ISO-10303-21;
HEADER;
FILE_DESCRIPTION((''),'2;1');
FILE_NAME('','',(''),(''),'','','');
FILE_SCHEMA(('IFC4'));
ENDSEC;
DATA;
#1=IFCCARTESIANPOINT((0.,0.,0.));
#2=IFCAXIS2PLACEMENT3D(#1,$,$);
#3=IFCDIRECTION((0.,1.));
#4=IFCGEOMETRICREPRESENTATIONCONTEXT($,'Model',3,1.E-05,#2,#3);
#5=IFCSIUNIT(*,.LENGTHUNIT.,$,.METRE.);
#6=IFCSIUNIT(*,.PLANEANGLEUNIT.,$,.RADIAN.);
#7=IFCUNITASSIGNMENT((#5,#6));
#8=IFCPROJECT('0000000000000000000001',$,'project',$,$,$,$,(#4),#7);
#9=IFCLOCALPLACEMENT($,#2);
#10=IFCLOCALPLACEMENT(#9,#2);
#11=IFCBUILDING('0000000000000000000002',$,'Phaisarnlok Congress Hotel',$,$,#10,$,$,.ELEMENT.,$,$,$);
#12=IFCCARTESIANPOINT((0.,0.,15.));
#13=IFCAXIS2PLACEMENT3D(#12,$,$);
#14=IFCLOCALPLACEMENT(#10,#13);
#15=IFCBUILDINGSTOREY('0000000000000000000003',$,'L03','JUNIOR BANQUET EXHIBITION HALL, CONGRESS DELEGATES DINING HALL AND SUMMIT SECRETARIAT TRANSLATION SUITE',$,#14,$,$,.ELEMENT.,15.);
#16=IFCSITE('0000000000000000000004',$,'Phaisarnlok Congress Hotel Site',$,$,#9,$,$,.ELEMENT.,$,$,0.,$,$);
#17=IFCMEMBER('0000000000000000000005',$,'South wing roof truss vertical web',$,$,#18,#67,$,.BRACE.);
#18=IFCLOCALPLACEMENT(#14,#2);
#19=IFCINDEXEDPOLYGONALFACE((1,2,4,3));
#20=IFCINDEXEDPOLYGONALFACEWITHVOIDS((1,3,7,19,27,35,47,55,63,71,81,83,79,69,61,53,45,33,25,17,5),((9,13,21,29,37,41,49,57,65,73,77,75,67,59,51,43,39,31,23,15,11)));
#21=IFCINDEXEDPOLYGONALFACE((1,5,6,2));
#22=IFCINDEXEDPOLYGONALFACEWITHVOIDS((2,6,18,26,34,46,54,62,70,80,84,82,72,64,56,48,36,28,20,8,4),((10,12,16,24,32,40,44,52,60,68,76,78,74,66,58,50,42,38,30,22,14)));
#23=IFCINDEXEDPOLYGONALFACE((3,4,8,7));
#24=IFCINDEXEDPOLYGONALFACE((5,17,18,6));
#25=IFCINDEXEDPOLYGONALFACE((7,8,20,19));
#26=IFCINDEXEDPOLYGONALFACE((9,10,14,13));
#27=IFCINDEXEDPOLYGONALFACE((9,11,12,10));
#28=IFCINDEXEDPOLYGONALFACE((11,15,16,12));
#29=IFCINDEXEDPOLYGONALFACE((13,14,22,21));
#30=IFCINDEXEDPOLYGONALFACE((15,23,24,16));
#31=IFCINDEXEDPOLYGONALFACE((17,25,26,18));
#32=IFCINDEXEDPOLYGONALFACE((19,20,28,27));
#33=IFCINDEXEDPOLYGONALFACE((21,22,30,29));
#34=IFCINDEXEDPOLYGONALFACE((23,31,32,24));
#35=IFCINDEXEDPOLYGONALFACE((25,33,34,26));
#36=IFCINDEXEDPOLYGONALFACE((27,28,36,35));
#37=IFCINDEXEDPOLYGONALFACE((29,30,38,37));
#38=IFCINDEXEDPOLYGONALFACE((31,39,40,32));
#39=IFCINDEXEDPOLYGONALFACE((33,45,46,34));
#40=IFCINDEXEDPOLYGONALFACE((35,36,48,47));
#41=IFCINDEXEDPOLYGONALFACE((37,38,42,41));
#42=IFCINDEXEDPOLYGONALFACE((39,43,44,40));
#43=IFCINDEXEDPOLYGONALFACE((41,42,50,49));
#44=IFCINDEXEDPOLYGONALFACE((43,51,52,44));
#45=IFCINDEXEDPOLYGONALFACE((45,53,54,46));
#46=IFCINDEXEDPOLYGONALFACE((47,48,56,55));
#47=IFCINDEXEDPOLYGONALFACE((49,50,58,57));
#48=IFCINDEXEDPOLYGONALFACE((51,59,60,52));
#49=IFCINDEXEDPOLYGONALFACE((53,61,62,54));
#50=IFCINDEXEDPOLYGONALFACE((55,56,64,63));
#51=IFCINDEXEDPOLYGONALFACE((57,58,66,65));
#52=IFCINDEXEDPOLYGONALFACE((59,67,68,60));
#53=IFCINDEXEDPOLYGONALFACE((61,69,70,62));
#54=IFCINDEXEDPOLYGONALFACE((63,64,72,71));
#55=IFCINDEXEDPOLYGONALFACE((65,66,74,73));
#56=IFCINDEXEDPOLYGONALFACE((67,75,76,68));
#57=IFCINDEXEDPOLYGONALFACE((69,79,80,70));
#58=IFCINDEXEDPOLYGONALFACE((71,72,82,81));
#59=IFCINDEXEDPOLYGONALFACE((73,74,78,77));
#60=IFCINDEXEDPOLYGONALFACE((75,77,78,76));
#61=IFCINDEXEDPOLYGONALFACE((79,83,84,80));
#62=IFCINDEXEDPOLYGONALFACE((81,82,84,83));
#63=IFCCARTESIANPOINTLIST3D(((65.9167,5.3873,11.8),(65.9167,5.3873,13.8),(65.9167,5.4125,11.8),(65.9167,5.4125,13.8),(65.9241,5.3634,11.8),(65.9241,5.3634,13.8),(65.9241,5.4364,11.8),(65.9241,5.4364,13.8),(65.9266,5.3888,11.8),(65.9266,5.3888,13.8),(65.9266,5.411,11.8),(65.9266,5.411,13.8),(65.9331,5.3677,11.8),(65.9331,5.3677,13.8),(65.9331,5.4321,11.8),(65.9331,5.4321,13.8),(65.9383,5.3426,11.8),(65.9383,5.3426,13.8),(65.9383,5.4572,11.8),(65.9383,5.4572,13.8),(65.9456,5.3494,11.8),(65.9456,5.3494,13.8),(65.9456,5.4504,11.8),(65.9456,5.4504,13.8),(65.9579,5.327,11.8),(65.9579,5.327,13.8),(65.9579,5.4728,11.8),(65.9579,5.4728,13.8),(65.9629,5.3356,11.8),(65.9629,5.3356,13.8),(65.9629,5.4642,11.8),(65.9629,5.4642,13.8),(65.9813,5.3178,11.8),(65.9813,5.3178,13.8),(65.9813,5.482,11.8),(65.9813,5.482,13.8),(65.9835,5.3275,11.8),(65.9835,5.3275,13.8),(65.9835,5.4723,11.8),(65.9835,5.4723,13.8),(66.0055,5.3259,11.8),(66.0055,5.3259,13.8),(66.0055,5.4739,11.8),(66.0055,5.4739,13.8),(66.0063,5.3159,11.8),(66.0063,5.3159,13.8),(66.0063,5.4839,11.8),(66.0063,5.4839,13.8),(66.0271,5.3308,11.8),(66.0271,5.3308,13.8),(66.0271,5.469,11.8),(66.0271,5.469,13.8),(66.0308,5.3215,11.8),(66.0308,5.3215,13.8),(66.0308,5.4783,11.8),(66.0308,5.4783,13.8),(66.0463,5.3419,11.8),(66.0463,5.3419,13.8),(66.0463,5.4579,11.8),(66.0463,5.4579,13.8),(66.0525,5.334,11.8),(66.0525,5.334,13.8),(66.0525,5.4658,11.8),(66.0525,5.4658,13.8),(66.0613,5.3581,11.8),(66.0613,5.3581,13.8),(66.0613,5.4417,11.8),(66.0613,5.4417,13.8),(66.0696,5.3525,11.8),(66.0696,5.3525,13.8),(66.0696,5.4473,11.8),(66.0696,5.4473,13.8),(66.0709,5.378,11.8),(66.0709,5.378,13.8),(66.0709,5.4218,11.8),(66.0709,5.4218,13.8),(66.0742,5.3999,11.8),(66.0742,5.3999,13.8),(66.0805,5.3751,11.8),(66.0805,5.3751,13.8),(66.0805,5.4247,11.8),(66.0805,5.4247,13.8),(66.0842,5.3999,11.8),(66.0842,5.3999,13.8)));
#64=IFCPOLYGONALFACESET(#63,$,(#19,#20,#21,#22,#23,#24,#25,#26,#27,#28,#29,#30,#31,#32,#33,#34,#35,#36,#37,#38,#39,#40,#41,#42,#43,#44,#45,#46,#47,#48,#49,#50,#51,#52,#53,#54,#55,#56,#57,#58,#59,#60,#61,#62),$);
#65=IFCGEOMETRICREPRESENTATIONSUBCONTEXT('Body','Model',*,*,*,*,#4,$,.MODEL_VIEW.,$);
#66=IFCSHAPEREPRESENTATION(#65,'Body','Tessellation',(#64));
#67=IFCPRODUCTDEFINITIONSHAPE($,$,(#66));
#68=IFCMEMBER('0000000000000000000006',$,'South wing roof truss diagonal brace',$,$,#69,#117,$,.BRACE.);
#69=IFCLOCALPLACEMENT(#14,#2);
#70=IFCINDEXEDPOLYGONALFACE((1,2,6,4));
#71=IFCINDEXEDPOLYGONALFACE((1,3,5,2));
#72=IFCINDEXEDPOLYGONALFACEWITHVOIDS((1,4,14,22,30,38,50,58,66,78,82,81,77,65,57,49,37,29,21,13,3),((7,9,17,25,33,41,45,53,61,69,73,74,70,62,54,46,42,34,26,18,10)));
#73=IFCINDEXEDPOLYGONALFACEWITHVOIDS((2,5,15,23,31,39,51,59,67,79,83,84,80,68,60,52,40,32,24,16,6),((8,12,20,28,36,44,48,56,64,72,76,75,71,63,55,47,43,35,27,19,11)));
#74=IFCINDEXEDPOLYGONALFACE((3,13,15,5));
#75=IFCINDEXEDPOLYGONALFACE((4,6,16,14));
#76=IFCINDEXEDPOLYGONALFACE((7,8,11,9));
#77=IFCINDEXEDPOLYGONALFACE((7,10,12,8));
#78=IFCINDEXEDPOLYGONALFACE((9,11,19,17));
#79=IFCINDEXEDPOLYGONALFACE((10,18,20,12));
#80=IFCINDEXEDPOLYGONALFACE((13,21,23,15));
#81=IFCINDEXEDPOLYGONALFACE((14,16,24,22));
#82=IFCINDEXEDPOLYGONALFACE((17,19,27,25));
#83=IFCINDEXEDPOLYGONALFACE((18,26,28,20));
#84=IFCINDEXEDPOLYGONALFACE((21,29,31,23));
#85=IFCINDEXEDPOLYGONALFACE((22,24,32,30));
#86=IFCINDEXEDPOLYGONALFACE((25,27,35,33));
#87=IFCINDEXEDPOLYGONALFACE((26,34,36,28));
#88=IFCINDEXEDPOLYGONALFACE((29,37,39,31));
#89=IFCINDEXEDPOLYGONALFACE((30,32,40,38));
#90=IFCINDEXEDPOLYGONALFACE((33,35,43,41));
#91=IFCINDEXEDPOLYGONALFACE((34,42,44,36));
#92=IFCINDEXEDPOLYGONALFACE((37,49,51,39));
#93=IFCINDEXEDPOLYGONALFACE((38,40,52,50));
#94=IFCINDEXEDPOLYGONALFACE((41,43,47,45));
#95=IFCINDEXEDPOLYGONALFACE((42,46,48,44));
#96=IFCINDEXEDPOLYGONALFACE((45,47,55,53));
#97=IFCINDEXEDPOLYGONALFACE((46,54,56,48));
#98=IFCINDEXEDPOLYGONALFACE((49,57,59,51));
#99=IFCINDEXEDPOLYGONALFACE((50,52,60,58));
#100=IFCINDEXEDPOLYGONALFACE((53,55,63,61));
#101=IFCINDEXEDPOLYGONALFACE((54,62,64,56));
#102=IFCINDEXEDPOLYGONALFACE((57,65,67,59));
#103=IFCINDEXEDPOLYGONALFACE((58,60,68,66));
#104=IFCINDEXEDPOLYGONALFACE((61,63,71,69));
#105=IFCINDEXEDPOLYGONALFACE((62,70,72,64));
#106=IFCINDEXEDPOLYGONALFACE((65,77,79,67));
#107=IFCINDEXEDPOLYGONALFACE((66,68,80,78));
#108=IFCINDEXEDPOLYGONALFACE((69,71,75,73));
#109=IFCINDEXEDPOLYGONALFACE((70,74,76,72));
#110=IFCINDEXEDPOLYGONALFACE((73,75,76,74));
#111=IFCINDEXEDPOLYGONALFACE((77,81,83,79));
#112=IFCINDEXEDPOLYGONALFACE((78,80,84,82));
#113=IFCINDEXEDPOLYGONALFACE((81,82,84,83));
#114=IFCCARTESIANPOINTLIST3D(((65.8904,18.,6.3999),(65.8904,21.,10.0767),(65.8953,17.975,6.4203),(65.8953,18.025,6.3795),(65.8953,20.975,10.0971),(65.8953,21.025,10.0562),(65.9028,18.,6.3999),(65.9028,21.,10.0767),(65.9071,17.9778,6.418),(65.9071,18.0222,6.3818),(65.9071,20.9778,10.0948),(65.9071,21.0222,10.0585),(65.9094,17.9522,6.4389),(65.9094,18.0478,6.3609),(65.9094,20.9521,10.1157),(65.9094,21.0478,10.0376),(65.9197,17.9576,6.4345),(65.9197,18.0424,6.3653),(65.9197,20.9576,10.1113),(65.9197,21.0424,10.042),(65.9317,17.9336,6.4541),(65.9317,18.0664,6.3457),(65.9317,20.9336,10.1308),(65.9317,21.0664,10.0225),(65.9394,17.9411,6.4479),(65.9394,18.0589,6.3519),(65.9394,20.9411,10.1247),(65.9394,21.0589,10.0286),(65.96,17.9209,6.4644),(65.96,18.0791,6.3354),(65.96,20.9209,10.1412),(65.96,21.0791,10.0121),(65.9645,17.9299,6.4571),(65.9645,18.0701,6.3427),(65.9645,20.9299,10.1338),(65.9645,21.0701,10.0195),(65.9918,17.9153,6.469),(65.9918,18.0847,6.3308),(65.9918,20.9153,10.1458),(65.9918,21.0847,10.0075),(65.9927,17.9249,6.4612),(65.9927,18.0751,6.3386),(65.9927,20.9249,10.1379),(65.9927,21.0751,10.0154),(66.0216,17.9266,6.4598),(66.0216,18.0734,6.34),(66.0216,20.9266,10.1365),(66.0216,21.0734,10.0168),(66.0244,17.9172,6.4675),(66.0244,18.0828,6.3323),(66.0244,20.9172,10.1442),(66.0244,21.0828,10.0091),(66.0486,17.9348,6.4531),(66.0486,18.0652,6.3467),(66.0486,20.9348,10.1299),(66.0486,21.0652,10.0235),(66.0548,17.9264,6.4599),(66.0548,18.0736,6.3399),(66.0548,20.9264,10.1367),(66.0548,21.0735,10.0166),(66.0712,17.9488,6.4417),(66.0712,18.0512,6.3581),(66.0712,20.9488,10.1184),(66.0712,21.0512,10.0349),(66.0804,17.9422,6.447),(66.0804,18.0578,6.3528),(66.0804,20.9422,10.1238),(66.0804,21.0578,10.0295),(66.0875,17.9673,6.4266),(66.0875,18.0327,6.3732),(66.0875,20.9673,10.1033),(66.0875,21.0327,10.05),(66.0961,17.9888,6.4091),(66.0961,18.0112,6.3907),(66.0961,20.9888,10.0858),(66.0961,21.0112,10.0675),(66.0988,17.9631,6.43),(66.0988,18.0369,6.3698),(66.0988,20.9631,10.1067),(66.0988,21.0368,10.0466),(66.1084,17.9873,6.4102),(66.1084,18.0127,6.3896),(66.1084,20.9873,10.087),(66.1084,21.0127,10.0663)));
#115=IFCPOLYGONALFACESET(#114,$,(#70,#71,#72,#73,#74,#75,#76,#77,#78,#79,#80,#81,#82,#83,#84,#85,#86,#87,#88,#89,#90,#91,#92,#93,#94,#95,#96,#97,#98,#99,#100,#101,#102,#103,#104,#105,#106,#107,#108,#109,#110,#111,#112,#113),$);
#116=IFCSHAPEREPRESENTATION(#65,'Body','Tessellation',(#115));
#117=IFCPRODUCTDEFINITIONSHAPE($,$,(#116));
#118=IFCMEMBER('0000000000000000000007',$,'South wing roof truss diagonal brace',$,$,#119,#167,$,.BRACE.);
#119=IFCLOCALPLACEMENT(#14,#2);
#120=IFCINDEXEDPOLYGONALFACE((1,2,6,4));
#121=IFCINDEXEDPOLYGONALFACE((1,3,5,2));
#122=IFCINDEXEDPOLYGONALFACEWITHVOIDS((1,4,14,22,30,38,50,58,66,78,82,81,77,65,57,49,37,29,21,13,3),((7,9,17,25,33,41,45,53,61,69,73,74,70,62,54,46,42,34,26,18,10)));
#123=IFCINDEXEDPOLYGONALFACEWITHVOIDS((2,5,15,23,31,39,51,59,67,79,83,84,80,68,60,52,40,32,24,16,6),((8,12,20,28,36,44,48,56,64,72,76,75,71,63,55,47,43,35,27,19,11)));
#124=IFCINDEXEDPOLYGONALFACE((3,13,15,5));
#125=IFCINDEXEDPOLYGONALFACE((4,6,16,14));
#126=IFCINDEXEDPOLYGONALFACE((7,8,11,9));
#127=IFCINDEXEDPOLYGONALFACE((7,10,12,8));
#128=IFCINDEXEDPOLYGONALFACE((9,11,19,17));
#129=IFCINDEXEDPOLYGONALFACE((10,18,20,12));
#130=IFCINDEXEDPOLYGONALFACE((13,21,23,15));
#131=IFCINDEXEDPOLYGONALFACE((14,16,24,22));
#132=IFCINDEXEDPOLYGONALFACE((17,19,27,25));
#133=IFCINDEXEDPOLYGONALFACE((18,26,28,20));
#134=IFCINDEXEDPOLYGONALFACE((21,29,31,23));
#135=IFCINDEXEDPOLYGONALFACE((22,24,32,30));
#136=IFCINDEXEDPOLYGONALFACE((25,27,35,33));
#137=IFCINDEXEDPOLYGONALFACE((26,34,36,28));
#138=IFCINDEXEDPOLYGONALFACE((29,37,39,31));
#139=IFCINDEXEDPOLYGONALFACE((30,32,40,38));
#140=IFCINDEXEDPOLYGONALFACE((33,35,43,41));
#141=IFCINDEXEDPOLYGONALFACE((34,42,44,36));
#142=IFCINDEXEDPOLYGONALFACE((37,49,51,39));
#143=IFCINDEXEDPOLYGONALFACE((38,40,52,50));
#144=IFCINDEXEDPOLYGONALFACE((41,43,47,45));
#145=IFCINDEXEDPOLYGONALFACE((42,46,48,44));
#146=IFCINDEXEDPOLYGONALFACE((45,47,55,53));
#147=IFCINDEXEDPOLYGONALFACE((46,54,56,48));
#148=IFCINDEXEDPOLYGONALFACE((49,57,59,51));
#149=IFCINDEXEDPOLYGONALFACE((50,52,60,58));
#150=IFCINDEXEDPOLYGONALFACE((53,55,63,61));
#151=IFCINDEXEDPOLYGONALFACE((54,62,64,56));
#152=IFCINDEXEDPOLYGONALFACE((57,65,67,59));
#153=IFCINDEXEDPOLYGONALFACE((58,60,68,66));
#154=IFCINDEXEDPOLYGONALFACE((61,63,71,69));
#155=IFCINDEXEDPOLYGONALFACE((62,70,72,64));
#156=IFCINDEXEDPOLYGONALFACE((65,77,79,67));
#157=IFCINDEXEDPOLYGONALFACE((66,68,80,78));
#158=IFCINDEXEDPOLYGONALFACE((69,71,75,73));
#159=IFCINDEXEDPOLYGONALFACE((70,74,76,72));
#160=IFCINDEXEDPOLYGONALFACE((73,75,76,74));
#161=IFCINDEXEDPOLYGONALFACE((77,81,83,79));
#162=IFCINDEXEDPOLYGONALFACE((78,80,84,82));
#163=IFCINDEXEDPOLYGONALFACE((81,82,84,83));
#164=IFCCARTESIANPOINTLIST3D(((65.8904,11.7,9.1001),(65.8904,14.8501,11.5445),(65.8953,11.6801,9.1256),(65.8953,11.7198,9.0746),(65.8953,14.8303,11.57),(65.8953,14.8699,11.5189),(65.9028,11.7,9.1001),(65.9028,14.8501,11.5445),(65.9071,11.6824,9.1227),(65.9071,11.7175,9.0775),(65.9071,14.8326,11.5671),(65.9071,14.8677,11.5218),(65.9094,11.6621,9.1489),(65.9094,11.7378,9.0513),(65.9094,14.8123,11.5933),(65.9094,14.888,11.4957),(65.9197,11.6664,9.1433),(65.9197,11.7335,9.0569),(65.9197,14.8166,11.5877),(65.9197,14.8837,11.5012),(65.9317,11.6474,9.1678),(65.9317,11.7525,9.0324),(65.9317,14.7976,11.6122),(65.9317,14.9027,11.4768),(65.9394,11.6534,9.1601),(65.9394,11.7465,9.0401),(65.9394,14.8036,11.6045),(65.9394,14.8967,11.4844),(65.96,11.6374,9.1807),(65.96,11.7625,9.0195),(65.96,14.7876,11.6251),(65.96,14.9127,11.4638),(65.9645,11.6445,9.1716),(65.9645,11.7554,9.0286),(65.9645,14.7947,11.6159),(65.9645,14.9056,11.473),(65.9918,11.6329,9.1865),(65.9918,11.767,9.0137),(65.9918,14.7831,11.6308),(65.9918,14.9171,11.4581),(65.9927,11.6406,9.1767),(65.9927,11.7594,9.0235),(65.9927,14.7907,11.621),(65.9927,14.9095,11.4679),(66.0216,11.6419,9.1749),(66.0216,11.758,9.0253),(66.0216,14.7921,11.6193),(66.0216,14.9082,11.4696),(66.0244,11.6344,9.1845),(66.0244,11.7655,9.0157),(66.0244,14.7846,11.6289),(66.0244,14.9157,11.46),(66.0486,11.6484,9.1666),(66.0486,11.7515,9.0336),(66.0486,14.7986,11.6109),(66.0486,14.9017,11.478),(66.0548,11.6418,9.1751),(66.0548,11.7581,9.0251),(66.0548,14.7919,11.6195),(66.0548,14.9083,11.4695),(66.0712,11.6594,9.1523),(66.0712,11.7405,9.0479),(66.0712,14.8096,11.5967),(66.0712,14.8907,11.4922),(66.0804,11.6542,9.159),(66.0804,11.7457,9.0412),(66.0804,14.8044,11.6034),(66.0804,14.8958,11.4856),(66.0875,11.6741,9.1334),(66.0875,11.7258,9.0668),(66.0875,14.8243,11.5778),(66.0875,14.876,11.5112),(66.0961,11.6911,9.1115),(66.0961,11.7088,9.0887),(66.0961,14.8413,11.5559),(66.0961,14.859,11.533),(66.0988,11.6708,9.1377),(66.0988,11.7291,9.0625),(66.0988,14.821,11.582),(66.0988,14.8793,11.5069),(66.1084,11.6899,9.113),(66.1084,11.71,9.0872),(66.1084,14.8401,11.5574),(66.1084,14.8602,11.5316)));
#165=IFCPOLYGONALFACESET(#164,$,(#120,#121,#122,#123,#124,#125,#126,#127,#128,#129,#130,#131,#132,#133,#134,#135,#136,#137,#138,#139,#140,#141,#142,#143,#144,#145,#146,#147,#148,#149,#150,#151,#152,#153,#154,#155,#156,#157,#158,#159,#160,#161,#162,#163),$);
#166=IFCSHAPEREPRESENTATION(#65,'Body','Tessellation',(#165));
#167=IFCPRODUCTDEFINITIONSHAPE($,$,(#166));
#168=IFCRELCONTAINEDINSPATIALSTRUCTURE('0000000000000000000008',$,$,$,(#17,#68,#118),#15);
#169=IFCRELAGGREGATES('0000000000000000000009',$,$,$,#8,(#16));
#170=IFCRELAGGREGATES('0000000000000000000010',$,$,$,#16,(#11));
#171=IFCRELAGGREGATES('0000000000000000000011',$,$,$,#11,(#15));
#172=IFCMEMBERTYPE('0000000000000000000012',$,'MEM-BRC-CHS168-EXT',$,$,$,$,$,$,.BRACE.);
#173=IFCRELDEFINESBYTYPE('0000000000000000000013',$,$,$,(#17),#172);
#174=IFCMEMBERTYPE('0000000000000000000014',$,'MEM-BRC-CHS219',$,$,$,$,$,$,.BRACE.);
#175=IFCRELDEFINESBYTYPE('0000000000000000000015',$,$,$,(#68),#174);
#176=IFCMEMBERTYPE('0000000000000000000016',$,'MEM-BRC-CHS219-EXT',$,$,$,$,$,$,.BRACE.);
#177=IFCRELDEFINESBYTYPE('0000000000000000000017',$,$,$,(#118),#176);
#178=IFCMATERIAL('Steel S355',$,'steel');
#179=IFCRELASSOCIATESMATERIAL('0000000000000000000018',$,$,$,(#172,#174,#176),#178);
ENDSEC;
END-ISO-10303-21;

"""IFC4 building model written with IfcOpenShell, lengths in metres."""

from ifc_helpers import new_model, si_unit, direction, frame, origin, origin_2d, place, context, subcontext, project, spatial, hollow_circle, extrude, material, material_profile, profile_set, type_object, element, save


model = new_model("IFC4")

# Units and contexts
model_context = context("Model", 3, precision=1e-05, world=origin(), true_north=direction((0.0, 1.0)))
body_context = subcontext(model_context, "Body", "Model", "MODEL_VIEW")
ifc_project = project(units=[si_unit("LENGTHUNIT", "METRE"), si_unit("PLANEANGLEUNIT", "RADIAN")], contexts=[model_context])

# Site, building, storey
site_placement = place(None, origin())
site = spatial("IfcSite", under=ifc_project, at=site_placement, Name="Phaisarnlok Congress Hotel Site", CompositionType="ELEMENT", RefElevation=0.0)
building_placement = place(site_placement, origin())
building = spatial("IfcBuilding", under=site, at=building_placement, Name="Phaisarnlok Congress Hotel", CompositionType="ELEMENT")
storey_placement = place(building_placement, frame((0.0, 0.0, 15.0)))
storey = spatial("IfcBuildingStorey", under=building, at=storey_placement, Name="L03", Description="JUNIOR BANQUET EXHIBITION HALL, CONGRESS DELEGATES DINING HALL AND SUMMIT SECRETARIAT TRANSLATION SUITE", CompositionType="ELEMENT", Elevation=15.0)

# Shared definitions
ifc_material_1 = material(Name="Steel S355", Category="steel")

# Members
ifc_material_profile_1 = material_profile(ifc_material_1, hollow_circle(Radius=0.0842, WallThickness=0.01, at=origin_2d()), Name="CHS 168.3x10")
ifc_profile_set_1 = profile_set([ifc_material_profile_1], Name="Steel S355")
member_type_1 = type_object("IfcMemberType", Name="MEM-BRC-CHS168-EXT", PredefinedType="BRACE", material=ifc_profile_set_1)
member_1_placement = place(storey_placement, frame((66.0, 5.3999, 11.8), z_axis=(0.0, 0.0, 1.0), x_axis=(1.0, 0.0, 0.0)))
element("IfcMember", 1, at=member_1_placement, inside=storey, type_object=member_type_1, Name="South wing roof truss vertical web", PredefinedType="BRACE", context=body_context, shape_type="SweptSolid", body=[
    extrude(hollow_circle(Radius=0.0842, WallThickness=0.01, at=origin_2d()), origin(), (0.0, 0.0, 1.0), 2.0),
])
ifc_material_profile_2 = material_profile(ifc_material_1, hollow_circle(Radius=0.1096, WallThickness=0.0125, at=origin_2d()), Name="CHS 219.1x12.5")
ifc_profile_set_2 = profile_set([ifc_material_profile_2], Name="Steel S355")
member_type_2 = type_object("IfcMemberType", Name="MEM-BRC-CHS219", PredefinedType="BRACE", material=ifc_profile_set_2)
member_2_placement = place(storey_placement, frame((66.0, 18.0, 6.3999), z_axis=(0.0, 0.632195, 0.774809), x_axis=(-1.0, 0.0, 0.0)))
element("IfcMember", 2, at=member_2_placement, inside=storey, type_object=member_type_2, Name="South wing roof truss diagonal brace", PredefinedType="BRACE", context=body_context, shape_type="SweptSolid", body=[
    extrude(hollow_circle(Radius=0.1096, WallThickness=0.0125, at=origin_2d()), origin(), (0.0, 0.0, 1.0), 4.7454),
])
ifc_material_profile_3 = material_profile(ifc_material_1, hollow_circle(Radius=0.1096, WallThickness=0.0125, at=origin_2d()), Name="CHS 219.1x12.5")
ifc_profile_set_3 = profile_set([ifc_material_profile_3], Name="Steel S355")
member_type_3 = type_object("IfcMemberType", Name="MEM-BRC-CHS219-EXT", PredefinedType="BRACE", material=ifc_profile_set_3)
member_3_placement = place(storey_placement, frame((66.0, 11.7, 9.1001), z_axis=(0.0, 0.790054, 0.613037), x_axis=(-1.0, 0.0, 0.0)))
element("IfcMember", 3, at=member_3_placement, inside=storey, type_object=member_type_3, Name="South wing roof truss diagonal brace", PredefinedType="BRACE", context=body_context, shape_type="SweptSolid", body=[
    extrude(hollow_circle(Radius=0.1096, WallThickness=0.0125, at=origin_2d()), origin(), (0.0, 0.0, 1.0), 3.9873),
])

save(model, "model.ifc")
